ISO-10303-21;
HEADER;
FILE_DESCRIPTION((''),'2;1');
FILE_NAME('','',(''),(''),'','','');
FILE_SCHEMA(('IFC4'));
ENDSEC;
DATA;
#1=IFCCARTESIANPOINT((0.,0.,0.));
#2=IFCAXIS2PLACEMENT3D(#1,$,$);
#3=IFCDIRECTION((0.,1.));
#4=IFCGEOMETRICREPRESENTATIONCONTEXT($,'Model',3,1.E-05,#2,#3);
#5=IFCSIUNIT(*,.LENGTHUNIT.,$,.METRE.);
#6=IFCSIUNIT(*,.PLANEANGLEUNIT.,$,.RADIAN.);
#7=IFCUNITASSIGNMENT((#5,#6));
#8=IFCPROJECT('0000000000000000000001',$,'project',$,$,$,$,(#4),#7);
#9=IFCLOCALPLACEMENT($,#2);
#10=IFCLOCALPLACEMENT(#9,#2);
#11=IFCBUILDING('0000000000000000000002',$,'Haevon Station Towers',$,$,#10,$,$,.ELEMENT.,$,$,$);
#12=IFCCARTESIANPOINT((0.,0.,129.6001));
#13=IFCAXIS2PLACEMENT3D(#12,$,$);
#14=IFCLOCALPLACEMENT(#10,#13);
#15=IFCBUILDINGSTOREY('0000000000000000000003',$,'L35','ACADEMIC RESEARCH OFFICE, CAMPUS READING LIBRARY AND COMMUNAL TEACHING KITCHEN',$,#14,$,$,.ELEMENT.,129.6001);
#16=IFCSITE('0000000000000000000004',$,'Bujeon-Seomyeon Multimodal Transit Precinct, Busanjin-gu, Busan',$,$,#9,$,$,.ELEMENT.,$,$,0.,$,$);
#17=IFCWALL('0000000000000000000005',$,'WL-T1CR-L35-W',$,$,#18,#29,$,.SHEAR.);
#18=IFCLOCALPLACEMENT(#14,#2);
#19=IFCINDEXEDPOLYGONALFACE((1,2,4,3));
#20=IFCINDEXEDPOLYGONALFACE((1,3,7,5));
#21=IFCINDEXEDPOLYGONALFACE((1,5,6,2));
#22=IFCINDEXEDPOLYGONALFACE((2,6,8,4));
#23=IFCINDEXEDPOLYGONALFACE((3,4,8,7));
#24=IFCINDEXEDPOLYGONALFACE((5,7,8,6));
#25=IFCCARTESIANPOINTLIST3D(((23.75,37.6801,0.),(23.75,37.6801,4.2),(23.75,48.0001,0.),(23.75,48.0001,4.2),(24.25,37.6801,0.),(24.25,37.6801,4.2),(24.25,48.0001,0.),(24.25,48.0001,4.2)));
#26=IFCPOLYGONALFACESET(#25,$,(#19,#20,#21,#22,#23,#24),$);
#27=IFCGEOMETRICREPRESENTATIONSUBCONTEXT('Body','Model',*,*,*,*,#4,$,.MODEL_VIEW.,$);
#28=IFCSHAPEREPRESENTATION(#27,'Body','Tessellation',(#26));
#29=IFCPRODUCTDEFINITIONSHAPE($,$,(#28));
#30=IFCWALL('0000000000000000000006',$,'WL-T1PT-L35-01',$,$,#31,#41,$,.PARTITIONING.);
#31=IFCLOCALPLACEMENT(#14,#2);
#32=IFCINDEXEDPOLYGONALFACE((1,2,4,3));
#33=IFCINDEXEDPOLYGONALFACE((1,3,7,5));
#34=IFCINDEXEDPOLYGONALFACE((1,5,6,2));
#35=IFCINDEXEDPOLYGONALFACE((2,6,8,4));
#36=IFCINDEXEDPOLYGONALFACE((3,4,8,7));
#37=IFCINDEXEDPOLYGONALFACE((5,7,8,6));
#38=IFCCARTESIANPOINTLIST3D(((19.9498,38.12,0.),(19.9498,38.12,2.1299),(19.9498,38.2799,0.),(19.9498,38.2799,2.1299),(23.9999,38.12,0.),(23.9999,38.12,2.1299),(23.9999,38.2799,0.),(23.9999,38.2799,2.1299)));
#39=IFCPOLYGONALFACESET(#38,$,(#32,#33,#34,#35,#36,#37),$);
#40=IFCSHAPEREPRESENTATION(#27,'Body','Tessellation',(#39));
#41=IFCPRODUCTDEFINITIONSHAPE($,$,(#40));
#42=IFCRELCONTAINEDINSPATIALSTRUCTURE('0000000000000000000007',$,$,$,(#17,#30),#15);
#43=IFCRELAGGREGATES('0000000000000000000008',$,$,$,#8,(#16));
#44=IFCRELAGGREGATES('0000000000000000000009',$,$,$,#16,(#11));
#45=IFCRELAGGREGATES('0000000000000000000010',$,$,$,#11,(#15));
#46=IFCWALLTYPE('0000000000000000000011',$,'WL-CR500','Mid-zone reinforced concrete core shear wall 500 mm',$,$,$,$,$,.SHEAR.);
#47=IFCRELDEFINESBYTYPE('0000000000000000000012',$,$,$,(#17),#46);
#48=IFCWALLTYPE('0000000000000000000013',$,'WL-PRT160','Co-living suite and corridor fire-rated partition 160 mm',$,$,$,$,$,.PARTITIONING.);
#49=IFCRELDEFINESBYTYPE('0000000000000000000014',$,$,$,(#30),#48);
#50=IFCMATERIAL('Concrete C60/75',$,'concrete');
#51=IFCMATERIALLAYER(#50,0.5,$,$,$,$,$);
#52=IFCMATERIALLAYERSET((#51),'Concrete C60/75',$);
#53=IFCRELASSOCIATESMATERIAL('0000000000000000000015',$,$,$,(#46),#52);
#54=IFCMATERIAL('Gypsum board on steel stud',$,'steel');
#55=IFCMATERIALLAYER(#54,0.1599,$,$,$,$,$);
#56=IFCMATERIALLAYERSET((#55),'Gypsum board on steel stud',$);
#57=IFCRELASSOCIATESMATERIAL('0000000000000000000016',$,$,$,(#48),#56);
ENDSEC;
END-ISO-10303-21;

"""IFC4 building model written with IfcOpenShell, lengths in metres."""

from ifc_helpers import new_model, si_unit, direction, frame, frame_2d, origin, place, context, subcontext, project, spatial, rectangle, extrude, material, layer, layer_set, type_object, element, save


model = new_model("IFC4")

# Units and contexts
model_context = context("Model", 3, precision=1e-05, world=origin(), true_north=direction((0.0, 1.0)))
body_context = subcontext(model_context, "Body", "Model", "MODEL_VIEW")
ifc_project = project(units=[si_unit("LENGTHUNIT", "METRE"), si_unit("PLANEANGLEUNIT", "RADIAN")], contexts=[model_context])

# Site, building, storey
site_placement = place(None, origin())
site = spatial("IfcSite", under=ifc_project, at=site_placement, Name="Bujeon-Seomyeon Multimodal Transit Precinct, Busanjin-gu, Busan", CompositionType="ELEMENT", RefElevation=0.0)
building_placement = place(site_placement, origin())
building = spatial("IfcBuilding", under=site, at=building_placement, Name="Haevon Station Towers", CompositionType="ELEMENT")
storey_placement = place(building_placement, frame((0.0, 0.0, 129.6001)))
storey = spatial("IfcBuildingStorey", under=building, at=storey_placement, Name="L35", Description="ACADEMIC RESEARCH OFFICE, CAMPUS READING LIBRARY AND COMMUNAL TEACHING KITCHEN", CompositionType="ELEMENT", Elevation=129.6001)

# Shared definitions
ifc_material_1 = material(Name="Gypsum board on steel stud", Category="steel")

# Walls
ifc_material_2 = material(Name="Concrete C60/75", Category="concrete")
ifc_layer_1 = layer(ifc_material_2, 0.5)
ifc_layer_set_1 = layer_set([ifc_layer_1], Name="Concrete C60/75")
wall_type_1 = type_object("IfcWallType", Name="WL-CR500", Description="Mid-zone reinforced concrete core shear wall 500 mm", PredefinedType="SHEAR", material=ifc_layer_set_1)
wall_1_placement = place(storey_placement, frame((24.0, 37.6799, 0.0), z_axis=(0.0, 0.0, 1.0), x_axis=(0.0, 1.0, 0.0)))
element("IfcWall", 1, at=wall_1_placement, inside=storey, type_object=wall_type_1, Name="WL-T1CR-L35-W", PredefinedType="SHEAR", context=body_context, shape_type="SweptSolid", body=[
    extrude(rectangle(XDim=10.3201, YDim=0.5, at=frame_2d((5.1602, 0.0))), origin(), (0.0, 0.0, 1.0), 4.2),
])
ifc_layer_2 = layer(ifc_material_1, 0.1599)
ifc_layer_set_2 = layer_set([ifc_layer_2], Name="Gypsum board on steel stud")
wall_type_2 = type_object("IfcWallType", Name="WL-PRT160", Description="Co-living suite and corridor fire-rated partition 160 mm", PredefinedType="PARTITIONING", material=ifc_layer_set_2)
wall_2_placement = place(storey_placement, frame((19.95, 38.2, 0.0), z_axis=(0.0, 0.0, 1.0), x_axis=(1.0, 0.0, 0.0)))
element("IfcWall", 2, at=wall_2_placement, inside=storey, type_object=wall_type_2, Name="WL-T1PT-L35-01", PredefinedType="PARTITIONING", context=body_context, shape_type="SweptSolid", body=[
    extrude(rectangle(XDim=4.05, YDim=0.1599, at=frame_2d((2.0249, 0.0))), origin(), (0.0, 0.0, 1.0), 2.1299),
])

save(model, "model.ifc")
